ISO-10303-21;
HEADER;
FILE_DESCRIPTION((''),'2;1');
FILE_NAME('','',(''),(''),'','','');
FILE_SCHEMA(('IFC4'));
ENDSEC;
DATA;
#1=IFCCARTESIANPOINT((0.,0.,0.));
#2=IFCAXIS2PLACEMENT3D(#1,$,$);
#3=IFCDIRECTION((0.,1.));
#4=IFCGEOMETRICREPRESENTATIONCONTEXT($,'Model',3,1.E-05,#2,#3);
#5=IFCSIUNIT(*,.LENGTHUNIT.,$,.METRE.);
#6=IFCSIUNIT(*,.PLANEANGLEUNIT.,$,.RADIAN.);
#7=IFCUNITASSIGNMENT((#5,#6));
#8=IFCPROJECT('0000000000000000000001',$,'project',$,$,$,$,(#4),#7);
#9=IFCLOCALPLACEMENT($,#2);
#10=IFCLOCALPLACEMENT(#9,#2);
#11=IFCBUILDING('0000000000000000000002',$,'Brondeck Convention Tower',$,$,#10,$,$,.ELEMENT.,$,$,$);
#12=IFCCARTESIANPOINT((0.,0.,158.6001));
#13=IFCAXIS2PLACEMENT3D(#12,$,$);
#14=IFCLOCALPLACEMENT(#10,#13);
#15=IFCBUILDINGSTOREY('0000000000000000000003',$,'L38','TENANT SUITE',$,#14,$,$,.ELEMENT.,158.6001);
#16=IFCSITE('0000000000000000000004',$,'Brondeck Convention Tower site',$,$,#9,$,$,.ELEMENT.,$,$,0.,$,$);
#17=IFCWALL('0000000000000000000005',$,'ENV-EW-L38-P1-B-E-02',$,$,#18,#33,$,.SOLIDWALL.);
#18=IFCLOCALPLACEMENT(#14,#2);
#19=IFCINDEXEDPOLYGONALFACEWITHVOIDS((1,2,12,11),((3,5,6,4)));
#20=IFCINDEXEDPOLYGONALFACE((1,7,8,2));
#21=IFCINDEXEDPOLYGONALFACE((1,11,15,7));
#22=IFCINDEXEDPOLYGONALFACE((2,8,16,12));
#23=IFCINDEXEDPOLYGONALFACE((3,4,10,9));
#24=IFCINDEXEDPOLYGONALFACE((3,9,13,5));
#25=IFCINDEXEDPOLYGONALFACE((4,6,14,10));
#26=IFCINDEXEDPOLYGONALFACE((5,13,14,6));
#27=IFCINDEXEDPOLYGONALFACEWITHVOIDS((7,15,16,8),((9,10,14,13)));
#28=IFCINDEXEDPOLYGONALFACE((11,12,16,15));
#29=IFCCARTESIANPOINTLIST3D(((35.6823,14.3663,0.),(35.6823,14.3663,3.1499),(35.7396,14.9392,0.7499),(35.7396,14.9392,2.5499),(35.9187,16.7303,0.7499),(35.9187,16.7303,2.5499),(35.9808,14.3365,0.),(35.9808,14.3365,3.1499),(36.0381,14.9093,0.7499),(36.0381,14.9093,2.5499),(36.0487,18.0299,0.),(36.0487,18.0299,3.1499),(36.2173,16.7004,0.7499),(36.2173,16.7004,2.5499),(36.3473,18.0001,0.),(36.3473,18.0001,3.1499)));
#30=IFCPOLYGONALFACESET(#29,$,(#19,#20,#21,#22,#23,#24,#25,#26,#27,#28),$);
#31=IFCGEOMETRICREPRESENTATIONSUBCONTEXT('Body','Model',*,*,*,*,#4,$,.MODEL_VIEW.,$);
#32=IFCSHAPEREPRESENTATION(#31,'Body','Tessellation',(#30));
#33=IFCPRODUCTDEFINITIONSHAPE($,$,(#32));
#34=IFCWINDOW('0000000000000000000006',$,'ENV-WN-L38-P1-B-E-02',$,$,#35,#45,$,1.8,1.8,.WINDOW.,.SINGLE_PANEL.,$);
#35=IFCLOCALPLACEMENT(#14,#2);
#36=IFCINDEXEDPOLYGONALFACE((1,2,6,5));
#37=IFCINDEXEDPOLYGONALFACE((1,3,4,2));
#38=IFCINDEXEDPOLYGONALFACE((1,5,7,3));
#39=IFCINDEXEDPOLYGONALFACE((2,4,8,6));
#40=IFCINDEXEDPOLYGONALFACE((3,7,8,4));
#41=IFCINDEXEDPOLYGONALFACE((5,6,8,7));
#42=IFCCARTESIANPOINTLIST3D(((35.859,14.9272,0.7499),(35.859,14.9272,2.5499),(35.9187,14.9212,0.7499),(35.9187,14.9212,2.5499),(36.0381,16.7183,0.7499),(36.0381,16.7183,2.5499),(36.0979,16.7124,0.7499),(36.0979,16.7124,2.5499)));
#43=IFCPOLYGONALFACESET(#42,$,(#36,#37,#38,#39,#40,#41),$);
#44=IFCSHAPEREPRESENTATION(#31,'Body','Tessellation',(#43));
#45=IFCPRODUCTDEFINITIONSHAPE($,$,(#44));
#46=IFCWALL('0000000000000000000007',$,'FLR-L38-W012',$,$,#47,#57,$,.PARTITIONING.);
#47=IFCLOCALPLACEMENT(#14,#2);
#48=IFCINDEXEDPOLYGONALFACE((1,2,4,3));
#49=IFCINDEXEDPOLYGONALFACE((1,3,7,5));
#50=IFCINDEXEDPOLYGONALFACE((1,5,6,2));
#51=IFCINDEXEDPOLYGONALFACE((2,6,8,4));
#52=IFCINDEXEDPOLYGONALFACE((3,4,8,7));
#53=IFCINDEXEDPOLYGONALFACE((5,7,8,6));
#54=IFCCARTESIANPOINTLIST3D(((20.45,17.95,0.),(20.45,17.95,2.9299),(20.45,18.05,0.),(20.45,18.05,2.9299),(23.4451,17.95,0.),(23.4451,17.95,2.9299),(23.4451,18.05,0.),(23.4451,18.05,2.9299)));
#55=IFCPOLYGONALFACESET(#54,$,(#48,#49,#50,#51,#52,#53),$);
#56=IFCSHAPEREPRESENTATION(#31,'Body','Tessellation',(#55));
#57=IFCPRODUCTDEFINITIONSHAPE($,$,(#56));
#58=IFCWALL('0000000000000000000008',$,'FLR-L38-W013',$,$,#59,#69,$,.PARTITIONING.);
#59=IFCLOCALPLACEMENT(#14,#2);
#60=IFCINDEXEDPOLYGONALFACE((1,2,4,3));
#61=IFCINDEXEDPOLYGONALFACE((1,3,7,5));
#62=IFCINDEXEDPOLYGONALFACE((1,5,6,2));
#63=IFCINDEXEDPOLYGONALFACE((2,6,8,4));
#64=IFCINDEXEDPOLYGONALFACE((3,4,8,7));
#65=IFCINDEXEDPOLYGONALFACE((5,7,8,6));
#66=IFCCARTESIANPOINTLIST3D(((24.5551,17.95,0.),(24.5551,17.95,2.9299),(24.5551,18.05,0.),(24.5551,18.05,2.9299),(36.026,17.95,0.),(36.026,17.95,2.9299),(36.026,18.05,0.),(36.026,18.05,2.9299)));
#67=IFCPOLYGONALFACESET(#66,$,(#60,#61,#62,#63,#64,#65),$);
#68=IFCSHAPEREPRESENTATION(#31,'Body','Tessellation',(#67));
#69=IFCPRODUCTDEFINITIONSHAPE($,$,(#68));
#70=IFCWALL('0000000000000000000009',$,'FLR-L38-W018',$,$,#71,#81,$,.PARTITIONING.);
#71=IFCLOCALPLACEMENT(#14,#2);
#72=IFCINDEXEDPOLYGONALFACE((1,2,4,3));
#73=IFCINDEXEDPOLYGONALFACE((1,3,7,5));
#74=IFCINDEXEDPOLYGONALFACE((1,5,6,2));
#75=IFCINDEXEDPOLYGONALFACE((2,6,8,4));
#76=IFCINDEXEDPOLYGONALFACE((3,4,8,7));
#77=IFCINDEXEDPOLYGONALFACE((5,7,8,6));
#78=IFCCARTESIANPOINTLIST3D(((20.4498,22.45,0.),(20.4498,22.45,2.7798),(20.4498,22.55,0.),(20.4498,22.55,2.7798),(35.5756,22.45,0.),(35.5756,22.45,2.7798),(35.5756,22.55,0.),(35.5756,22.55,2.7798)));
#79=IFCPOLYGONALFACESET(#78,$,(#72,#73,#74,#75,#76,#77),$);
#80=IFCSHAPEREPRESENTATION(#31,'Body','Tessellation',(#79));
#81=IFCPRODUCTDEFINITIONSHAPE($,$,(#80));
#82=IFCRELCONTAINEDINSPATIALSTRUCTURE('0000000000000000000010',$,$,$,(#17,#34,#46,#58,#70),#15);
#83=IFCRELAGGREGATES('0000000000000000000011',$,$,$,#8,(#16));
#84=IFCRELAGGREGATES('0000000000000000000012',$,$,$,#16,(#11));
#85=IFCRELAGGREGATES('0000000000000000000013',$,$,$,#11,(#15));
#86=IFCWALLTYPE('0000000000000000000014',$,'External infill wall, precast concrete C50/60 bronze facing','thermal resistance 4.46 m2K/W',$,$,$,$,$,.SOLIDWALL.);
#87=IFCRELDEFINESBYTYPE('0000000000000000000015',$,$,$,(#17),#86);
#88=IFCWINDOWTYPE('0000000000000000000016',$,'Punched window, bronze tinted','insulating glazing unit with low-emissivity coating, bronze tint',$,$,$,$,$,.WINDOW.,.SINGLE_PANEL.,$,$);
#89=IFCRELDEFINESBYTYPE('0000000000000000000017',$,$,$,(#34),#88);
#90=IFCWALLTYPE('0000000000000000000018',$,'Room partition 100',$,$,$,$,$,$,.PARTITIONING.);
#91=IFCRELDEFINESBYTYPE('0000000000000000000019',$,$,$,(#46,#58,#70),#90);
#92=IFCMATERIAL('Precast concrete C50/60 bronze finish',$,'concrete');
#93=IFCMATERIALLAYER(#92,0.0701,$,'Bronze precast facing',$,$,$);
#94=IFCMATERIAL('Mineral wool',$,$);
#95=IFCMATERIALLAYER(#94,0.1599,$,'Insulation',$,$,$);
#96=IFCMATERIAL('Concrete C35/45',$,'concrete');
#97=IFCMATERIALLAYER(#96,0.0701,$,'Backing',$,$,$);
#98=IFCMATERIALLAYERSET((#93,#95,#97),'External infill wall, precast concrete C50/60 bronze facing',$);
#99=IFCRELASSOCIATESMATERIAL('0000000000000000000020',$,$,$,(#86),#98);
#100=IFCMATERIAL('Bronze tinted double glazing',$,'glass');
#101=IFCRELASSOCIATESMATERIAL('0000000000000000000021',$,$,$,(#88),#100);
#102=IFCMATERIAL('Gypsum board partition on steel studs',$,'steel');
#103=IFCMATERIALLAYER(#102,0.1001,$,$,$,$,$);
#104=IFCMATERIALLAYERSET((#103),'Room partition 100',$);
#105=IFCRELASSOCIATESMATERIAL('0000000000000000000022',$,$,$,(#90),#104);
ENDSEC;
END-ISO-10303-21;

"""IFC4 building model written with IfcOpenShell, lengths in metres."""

from ifc_helpers import new_model, si_unit, direction, frame, frame_2d, origin, place, context, subcontext, project, spatial, rectangle, extrude, material, layer, layer_set, type_object, element, fill, save


model = new_model("IFC4")

# Units and contexts
model_context = context("Model", 3, precision=1e-05, world=origin(), true_north=direction((0.0, 1.0)))
body_context = subcontext(model_context, "Body", "Model", "MODEL_VIEW")
ifc_project = project(units=[si_unit("LENGTHUNIT", "METRE"), si_unit("PLANEANGLEUNIT", "RADIAN")], contexts=[model_context])

# Site, building, storey
site_placement = place(None, origin())
site = spatial("IfcSite", under=ifc_project, at=site_placement, Name="Brondeck Convention Tower site", CompositionType="ELEMENT", RefElevation=0.0)
building_placement = place(site_placement, origin())
building = spatial("IfcBuilding", under=site, at=building_placement, Name="Brondeck Convention Tower", CompositionType="ELEMENT")
storey_placement = place(building_placement, frame((0.0, 0.0, 158.6001)))
storey = spatial("IfcBuildingStorey", under=building, at=storey_placement, Name="L38", Description="TENANT SUITE", CompositionType="ELEMENT", Elevation=158.6001)

# Shared definitions
ifc_material_1 = material(Name="Precast concrete C50/60 bronze finish", Category="concrete")
ifc_layer_1 = layer(ifc_material_1, 0.0701, Name="Bronze precast facing")
ifc_material_2 = material(Name="Mineral wool")
ifc_layer_2 = layer(ifc_material_2, 0.1599, Name="Insulation")
ifc_material_3 = material(Name="Concrete C35/45", Category="concrete")
ifc_layer_3 = layer(ifc_material_3, 0.0701, Name="Backing")
ifc_layer_set_1 = layer_set([ifc_layer_1, ifc_layer_2, ifc_layer_3], Name="External infill wall, precast concrete C50/60 bronze facing")
wall_type_1 = type_object("IfcWallType", Name="External infill wall, precast concrete C50/60 bronze facing", Description="thermal resistance 4.46 m2K/W", PredefinedType="SOLIDWALL", material=ifc_layer_set_1)
ifc_material_4 = material(Name="Bronze tinted double glazing", Category="glass")
window_type_1 = type_object("IfcWindowType", Name="Punched window, bronze tinted", Description="insulating glazing unit with low-emissivity coating, bronze tint", PartitioningType="SINGLE_PANEL", PredefinedType="WINDOW", material=ifc_material_4)

# Wall, opening, window
wall_1_placement = place(storey_placement, frame((36.198, 18.0149, 0.0), z_axis=(0.0, 0.0, 1.0), x_axis=(-0.09953, -0.995035, 0.0)))
wall_1 = element("IfcWall", 1, at=wall_1_placement, inside=storey, type_object=wall_type_1, Name="ENV-EW-L38-P1-B-E-02", PredefinedType="SOLIDWALL", context=body_context, shape_type="SweptSolid", body=[
    extrude(rectangle(XDim=3.6819, YDim=0.3, at=frame_2d((1.8408, 0.0))), origin(), (0.0, 0.0, 1.0), 3.1499),
])
opening_1_placement = place(wall_1_placement, frame((1.3062, 0.0, 0.75)))
opening_1 = element("IfcOpeningElement", 2, at=opening_1_placement, cuts=wall_1, PredefinedType="OPENING", context=body_context, shape_type="SweptSolid", body=[
    extrude(rectangle(XDim=1.8, YDim=1.8, at=frame_2d((0.8999, 0.8999))), frame((0.0, 0.1599, 0.0), z_axis=(0.0, -1.0, 0.0), x_axis=(1.0, 0.0, 0.0)), (0.0, 0.0, 1.0), 0.3201),
])
window_1_placement = place(opening_1_placement, origin())
window_1 = element("IfcWindow", 3, at=window_1_placement, inside=storey, type_object=window_type_1, Name="ENV-WN-L38-P1-B-E-02", OverallHeight=1.8, OverallWidth=1.8, PartitioningType="SINGLE_PANEL", PredefinedType="WINDOW", context=body_context, shape_type="SweptSolid", body=[
    extrude(rectangle(XDim=1.8, YDim=1.8, at=frame_2d((0.8999, 0.8999))), frame((0.0, 0.03, 0.0), z_axis=(0.0, -1.0, 0.0), x_axis=(1.0, 0.0, 0.0)), (0.0, 0.0, 1.0), 0.0601),
])
fill(opening_1, window_1)

# Walls
ifc_material_5 = material(Name="Gypsum board partition on steel studs", Category="steel")
ifc_layer_4 = layer(ifc_material_5, 0.1001)
ifc_layer_set_2 = layer_set([ifc_layer_4], Name="Room partition 100")
wall_type_2 = type_object("IfcWallType", Name="Room partition 100", PredefinedType="PARTITIONING", material=ifc_layer_set_2)
wall_2_placement = place(storey_placement, frame((23.4451, 18.0, 0.0), z_axis=(0.0, 0.0, 1.0), x_axis=(-1.0, 0.0, 0.0)))
element("IfcWall", 4, at=wall_2_placement, inside=storey, type_object=wall_type_2, Name="FLR-L38-W012", PredefinedType="PARTITIONING", context=body_context, shape_type="SweptSolid", body=[
    extrude(rectangle(XDim=2.9951, YDim=0.1001, at=frame_2d((1.4976, 0.0))), origin(), (0.0, 0.0, 1.0), 2.9299),
])
wall_3_placement = place(storey_placement, frame((36.0259, 18.0, 0.0), z_axis=(0.0, 0.0, 1.0), x_axis=(-1.0, 0.0, 0.0)))
element("IfcWall", 5, at=wall_3_placement, inside=storey, type_object=wall_type_2, Name="FLR-L38-W013", PredefinedType="PARTITIONING", context=body_context, shape_type="SweptSolid", body=[
    extrude(rectangle(XDim=11.4709, YDim=0.1001, at=frame_2d((5.7354, 0.0))), origin(), (0.0, 0.0, 1.0), 2.9299),
])
wall_4_placement = place(storey_placement, frame((35.5757, 22.5, 0.0), z_axis=(0.0, 0.0, 1.0), x_axis=(-1.0, 0.0, 0.0)))
element("IfcWall", 6, at=wall_4_placement, inside=storey, type_object=wall_type_2, Name="FLR-L38-W018", PredefinedType="PARTITIONING", context=body_context, shape_type="SweptSolid", body=[
    extrude(rectangle(XDim=15.1257, YDim=0.1001, at=frame_2d((7.563, 0.0))), origin(), (0.0, 0.0, 1.0), 2.7798),
])

save(model, "model.ifc")
